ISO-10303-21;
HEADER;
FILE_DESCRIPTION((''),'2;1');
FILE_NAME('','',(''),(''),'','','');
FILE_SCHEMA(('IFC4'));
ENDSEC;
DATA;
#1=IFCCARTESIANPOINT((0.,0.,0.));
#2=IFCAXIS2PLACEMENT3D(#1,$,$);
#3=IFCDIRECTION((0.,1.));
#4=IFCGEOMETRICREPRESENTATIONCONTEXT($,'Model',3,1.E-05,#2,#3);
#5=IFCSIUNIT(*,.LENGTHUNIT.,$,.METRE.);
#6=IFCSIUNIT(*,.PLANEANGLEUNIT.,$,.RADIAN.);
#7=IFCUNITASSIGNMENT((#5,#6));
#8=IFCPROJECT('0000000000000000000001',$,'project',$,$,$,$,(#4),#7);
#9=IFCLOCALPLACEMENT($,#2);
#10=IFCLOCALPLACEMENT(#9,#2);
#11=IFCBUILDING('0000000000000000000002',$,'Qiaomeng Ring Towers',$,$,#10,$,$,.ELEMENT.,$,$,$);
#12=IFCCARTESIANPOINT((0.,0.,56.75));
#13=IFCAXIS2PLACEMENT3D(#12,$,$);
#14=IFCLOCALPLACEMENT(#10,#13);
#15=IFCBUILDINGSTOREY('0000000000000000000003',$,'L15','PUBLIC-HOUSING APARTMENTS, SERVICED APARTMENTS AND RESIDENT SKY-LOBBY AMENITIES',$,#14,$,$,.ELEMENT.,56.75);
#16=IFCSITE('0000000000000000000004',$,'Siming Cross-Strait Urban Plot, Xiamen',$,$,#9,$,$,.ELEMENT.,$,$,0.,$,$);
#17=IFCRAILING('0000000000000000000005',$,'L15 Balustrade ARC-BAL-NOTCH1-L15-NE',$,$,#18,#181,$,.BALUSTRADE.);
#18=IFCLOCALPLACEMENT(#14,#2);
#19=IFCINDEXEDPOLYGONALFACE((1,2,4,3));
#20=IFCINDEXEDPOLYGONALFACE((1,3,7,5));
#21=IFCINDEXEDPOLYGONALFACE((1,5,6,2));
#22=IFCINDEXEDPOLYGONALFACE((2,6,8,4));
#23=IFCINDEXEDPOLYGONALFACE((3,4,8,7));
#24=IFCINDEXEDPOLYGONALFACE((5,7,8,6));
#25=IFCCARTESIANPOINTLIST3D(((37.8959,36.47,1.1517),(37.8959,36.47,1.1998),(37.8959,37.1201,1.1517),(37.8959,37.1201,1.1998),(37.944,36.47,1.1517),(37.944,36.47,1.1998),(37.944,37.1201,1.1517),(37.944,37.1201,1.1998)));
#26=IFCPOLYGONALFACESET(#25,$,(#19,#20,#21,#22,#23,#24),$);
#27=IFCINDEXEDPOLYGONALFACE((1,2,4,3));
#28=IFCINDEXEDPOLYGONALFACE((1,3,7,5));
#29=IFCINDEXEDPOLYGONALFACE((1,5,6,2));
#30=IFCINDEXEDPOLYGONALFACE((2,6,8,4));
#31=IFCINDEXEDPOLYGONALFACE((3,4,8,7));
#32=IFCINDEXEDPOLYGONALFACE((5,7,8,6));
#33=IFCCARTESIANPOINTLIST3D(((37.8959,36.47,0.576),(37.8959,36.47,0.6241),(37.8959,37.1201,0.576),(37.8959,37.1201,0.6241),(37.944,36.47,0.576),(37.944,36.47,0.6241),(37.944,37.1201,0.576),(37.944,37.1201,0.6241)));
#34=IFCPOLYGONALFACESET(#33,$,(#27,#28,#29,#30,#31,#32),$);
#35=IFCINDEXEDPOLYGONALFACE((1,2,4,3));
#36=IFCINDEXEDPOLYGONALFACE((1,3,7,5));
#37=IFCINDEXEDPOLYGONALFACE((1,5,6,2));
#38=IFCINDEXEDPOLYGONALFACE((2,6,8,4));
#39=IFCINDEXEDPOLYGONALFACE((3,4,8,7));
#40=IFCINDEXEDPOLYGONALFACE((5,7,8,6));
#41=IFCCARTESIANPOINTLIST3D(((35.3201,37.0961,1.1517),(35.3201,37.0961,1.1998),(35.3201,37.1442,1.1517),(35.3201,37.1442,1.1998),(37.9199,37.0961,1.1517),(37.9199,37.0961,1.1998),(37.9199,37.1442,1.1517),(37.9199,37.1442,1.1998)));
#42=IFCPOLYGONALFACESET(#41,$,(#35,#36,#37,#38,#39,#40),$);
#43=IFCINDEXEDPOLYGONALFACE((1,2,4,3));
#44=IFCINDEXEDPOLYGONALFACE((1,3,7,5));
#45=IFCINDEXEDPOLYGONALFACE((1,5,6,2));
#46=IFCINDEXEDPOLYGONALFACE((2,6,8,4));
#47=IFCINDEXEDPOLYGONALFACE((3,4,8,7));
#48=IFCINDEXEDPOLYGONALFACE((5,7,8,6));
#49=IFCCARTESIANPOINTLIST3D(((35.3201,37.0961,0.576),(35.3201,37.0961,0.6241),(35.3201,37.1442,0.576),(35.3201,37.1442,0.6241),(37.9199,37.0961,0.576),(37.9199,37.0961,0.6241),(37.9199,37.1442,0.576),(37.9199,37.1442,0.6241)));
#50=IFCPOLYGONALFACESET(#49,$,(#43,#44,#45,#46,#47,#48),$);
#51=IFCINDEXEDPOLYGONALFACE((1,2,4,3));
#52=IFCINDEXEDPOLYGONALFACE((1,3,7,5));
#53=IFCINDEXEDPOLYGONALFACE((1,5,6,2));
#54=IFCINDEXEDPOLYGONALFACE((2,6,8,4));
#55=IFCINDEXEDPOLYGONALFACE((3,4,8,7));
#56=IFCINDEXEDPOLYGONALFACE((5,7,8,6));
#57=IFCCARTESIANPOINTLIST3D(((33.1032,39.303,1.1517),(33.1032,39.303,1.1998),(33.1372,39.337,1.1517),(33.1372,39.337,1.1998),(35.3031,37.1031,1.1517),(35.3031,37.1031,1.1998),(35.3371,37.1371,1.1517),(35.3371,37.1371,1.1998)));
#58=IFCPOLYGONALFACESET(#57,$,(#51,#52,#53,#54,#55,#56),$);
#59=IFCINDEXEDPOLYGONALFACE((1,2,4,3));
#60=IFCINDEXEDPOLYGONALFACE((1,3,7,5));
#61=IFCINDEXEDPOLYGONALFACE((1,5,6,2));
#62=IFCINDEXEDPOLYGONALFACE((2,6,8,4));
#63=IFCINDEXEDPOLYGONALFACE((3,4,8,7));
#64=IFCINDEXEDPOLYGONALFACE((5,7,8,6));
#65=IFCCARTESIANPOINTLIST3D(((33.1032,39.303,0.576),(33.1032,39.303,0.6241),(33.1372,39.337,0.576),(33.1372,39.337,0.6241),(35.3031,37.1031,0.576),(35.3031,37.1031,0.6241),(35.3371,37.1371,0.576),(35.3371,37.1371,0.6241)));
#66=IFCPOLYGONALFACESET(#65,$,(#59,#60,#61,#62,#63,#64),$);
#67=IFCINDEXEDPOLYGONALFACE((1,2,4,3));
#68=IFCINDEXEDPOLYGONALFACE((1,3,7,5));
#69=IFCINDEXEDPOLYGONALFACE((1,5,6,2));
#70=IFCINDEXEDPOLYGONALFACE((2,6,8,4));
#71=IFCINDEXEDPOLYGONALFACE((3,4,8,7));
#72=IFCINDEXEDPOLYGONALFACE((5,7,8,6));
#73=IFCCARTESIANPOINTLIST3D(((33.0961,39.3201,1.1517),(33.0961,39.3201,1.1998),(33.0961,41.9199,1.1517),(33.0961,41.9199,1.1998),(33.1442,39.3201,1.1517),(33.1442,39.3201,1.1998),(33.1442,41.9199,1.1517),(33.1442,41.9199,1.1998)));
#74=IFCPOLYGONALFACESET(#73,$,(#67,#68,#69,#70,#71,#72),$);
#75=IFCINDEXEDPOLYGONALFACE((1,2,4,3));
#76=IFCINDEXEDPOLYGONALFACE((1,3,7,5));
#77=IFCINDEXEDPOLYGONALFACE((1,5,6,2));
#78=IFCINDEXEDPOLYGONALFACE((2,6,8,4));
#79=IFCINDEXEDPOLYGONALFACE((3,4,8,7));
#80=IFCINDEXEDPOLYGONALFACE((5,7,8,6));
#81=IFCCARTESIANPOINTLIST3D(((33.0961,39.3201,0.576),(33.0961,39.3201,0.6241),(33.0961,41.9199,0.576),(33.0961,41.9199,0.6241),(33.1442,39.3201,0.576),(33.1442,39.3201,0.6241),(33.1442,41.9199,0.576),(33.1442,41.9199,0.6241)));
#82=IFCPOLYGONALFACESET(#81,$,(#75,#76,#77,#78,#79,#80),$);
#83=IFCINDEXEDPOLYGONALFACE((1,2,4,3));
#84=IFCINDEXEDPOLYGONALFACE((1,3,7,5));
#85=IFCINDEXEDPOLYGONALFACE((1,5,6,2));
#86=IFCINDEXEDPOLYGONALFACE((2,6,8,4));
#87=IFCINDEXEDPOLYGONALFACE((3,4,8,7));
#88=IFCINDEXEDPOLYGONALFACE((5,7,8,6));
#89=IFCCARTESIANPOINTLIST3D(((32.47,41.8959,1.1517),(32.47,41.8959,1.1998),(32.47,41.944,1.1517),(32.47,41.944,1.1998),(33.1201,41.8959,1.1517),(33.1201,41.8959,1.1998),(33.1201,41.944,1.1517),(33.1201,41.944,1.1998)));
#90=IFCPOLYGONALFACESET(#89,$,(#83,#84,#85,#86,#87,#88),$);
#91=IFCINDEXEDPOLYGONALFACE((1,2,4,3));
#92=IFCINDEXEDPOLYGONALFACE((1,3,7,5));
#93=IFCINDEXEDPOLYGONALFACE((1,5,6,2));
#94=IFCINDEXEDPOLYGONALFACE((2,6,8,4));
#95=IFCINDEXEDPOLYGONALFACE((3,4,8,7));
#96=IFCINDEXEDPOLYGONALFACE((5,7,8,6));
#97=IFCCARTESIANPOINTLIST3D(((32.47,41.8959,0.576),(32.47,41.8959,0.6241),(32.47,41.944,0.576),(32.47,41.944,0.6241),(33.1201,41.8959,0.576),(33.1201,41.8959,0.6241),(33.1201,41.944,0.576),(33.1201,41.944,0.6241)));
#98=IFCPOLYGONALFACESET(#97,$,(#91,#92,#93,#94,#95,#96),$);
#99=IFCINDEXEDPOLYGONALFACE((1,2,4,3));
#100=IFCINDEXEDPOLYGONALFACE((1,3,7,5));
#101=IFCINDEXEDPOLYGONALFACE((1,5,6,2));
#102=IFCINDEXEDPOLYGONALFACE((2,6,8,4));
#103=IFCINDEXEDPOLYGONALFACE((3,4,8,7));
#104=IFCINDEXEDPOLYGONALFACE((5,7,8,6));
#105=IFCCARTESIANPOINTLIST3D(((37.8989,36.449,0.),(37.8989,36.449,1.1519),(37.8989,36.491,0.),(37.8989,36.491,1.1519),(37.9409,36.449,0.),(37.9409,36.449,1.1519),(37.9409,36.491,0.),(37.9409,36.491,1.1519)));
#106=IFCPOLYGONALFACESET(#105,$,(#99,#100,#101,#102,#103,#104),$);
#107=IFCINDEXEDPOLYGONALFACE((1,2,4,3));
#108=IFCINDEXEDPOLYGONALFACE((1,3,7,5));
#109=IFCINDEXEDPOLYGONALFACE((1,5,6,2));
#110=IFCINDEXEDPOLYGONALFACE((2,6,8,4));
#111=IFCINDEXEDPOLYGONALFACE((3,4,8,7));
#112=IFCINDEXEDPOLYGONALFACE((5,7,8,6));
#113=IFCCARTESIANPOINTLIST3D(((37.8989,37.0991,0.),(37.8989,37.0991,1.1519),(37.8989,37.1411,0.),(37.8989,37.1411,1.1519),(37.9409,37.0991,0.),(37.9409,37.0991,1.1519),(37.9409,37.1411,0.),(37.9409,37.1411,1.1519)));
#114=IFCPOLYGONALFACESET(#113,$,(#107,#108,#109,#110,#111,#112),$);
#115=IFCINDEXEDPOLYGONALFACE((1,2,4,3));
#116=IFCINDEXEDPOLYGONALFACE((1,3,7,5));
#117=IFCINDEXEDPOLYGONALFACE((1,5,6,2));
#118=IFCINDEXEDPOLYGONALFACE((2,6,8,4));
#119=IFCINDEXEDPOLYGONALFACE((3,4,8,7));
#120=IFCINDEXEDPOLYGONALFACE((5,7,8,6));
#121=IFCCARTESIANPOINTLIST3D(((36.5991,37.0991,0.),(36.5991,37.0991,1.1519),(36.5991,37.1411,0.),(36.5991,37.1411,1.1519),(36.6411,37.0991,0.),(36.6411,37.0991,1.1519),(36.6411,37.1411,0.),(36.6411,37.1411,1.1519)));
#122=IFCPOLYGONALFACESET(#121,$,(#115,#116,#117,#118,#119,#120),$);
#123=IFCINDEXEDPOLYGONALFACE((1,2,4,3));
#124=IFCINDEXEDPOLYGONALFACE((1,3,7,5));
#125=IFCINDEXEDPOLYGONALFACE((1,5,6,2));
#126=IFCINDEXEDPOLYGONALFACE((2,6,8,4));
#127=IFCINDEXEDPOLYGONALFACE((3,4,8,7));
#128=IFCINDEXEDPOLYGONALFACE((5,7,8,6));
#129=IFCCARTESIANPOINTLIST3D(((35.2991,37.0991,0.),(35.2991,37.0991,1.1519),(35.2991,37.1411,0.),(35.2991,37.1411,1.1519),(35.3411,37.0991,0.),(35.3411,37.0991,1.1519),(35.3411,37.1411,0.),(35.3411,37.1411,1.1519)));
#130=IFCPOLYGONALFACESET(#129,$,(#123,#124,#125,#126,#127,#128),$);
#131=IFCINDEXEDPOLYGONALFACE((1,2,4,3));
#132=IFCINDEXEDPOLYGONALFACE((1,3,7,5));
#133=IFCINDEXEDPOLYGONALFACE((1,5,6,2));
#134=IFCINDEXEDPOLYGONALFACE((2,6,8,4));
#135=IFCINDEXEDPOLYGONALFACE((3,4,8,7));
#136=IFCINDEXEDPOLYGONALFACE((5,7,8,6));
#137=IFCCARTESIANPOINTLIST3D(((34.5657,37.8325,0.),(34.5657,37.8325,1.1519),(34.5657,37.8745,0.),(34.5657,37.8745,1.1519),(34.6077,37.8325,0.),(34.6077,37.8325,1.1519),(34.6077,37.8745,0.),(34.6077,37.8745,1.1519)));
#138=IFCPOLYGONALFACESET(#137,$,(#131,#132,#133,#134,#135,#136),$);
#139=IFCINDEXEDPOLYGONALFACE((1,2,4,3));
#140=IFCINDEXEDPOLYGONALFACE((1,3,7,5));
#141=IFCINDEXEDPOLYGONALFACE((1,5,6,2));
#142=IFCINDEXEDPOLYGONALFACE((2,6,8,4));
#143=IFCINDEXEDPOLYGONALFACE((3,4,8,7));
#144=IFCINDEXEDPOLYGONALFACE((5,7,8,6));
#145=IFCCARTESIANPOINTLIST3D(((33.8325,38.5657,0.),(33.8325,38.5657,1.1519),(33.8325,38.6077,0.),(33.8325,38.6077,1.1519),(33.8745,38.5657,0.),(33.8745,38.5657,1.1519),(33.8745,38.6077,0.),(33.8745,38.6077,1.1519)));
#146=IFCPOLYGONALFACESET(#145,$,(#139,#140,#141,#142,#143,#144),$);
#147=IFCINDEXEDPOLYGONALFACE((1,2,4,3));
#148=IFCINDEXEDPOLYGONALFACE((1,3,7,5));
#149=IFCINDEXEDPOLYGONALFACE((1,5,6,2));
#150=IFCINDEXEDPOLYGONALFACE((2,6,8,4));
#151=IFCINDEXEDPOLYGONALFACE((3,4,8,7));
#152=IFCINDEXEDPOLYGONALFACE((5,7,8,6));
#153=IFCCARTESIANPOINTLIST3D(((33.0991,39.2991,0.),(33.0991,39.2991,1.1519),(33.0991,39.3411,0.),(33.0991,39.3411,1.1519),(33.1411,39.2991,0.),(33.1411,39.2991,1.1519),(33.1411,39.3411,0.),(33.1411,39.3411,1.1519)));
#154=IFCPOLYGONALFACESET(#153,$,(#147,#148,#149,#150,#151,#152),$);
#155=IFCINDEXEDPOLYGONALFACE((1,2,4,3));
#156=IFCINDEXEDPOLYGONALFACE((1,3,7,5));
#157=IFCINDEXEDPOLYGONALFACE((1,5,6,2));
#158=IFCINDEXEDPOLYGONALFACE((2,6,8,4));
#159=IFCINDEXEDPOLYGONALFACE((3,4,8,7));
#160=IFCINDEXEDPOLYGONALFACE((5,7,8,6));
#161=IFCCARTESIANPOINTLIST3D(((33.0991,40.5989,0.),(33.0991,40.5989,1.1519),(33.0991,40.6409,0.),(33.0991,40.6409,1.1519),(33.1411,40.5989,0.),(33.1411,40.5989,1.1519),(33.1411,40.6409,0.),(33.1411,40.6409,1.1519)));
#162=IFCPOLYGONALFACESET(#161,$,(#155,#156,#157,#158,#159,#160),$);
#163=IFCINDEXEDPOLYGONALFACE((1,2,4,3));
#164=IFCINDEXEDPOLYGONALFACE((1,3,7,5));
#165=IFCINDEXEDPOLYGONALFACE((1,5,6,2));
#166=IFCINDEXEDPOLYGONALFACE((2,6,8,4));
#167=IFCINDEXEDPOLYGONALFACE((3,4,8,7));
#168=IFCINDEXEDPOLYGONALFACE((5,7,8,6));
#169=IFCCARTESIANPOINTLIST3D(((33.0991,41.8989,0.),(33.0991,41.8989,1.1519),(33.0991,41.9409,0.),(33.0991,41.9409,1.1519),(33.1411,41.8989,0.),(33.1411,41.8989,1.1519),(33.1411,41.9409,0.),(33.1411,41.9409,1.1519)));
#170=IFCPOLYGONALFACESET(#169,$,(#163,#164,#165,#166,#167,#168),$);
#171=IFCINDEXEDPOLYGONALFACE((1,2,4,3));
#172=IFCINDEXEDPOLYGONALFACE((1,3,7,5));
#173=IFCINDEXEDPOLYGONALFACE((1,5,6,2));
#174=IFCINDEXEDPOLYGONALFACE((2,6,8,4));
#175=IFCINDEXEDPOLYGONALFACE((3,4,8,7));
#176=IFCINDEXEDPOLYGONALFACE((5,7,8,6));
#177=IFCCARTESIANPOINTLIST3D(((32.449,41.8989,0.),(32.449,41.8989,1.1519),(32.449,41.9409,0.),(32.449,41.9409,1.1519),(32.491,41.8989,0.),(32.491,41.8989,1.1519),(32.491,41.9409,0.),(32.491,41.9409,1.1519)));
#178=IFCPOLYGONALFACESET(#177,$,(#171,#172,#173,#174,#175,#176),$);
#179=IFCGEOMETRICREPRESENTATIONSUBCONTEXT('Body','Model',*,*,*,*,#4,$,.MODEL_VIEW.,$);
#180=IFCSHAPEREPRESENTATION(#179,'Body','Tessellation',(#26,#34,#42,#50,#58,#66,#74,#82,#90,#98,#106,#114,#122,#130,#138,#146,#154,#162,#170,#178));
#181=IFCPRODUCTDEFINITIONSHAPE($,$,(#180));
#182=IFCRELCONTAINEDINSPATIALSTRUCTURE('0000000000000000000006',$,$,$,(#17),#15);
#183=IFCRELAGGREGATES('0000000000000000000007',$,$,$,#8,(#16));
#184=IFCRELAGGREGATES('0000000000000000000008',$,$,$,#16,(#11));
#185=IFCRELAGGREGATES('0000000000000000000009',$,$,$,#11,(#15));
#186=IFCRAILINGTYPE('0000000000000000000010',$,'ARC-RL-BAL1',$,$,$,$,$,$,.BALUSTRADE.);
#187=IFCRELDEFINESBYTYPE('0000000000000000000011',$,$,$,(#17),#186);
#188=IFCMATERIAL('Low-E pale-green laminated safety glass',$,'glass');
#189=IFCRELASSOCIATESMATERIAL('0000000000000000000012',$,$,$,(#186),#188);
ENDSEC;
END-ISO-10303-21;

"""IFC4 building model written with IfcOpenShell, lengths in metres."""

from ifc_helpers import new_model, si_unit, direction, frame, origin, origin_2d, place, context, subcontext, project, spatial, rectangle, extrude, material, type_object, element, save


model = new_model("IFC4")

# Units and contexts
model_context = context("Model", 3, precision=1e-05, world=origin(), true_north=direction((0.0, 1.0)))
body_context = subcontext(model_context, "Body", "Model", "MODEL_VIEW")
ifc_project = project(units=[si_unit("LENGTHUNIT", "METRE"), si_unit("PLANEANGLEUNIT", "RADIAN")], contexts=[model_context])

# Site, building, storey
site_placement = place(None, origin())
site = spatial("IfcSite", under=ifc_project, at=site_placement, Name="Siming Cross-Strait Urban Plot, Xiamen", CompositionType="ELEMENT", RefElevation=0.0)
building_placement = place(site_placement, origin())
building = spatial("IfcBuilding", under=site, at=building_placement, Name="Qiaomeng Ring Towers", CompositionType="ELEMENT")
storey_placement = place(building_placement, frame((0.0, 0.0, 56.75)))
storey = spatial("IfcBuildingStorey", under=building, at=storey_placement, Name="L15", Description="PUBLIC-HOUSING APARTMENTS, SERVICED APARTMENTS AND RESIDENT SKY-LOBBY AMENITIES", CompositionType="ELEMENT", Elevation=56.75)

# Railing
ifc_material_1 = material(Name="Low-E pale-green laminated safety glass", Category="glass")
railing_type = type_object("IfcRailingType", Name="ARC-RL-BAL1", PredefinedType="BALUSTRADE", material=ifc_material_1)
railing_placement = place(storey_placement, frame((37.9199, 36.47, 0.0)))
element("IfcRailing", 1, at=railing_placement, inside=storey, type_object=railing_type, Name="L15 Balustrade ARC-BAL-NOTCH1-L15-NE", PredefinedType="BALUSTRADE", context=body_context, shape_type="SweptSolid", body=[
    extrude(rectangle(XDim=0.0481, YDim=0.0481, at=origin_2d()), frame((0.0, 0.0, 1.1758), z_axis=(0.0, 1.0, 0.0), x_axis=(-1.0, 0.0, 0.0)), (0.0, 0.0, 1.0), 0.6501),
    extrude(rectangle(XDim=0.0481, YDim=0.0481, at=origin_2d()), frame((0.0, 0.0, 0.6001), z_axis=(0.0, 1.0, 0.0), x_axis=(-1.0, 0.0, 0.0)), (0.0, 0.0, 1.0), 0.6501),
    extrude(rectangle(XDim=0.0481, YDim=0.0481, at=origin_2d()), frame((0.0, 0.6501, 1.1758), z_axis=(-1.0, 0.0, 0.0), x_axis=(0.0, -1.0, 0.0)), (0.0, 0.0, 1.0), 2.5999),
    extrude(rectangle(XDim=0.0481, YDim=0.0481, at=origin_2d()), frame((0.0, 0.6501, 0.6001), z_axis=(-1.0, 0.0, 0.0), x_axis=(0.0, -1.0, 0.0)), (0.0, 0.0, 1.0), 2.5999),
    extrude(rectangle(XDim=0.0481, YDim=0.0481, at=origin_2d()), frame((-2.5999, 0.6501, 1.1758), z_axis=(-0.707107, 0.707107, 0.0), x_axis=(-0.707107, -0.707107, 0.0)), (0.0, 0.0, 1.0), 3.1111),
    extrude(rectangle(XDim=0.0481, YDim=0.0481, at=origin_2d()), frame((-2.5999, 0.6501, 0.6001), z_axis=(-0.707107, 0.707107, 0.0), x_axis=(-0.707107, -0.707107, 0.0)), (0.0, 0.0, 1.0), 3.1111),
    extrude(rectangle(XDim=0.0481, YDim=0.0481, at=origin_2d()), frame((-4.7998, 2.8501, 1.1758), z_axis=(0.0, 1.0, 0.0), x_axis=(-1.0, 0.0, 0.0)), (0.0, 0.0, 1.0), 2.5999),
    extrude(rectangle(XDim=0.0481, YDim=0.0481, at=origin_2d()), frame((-4.7998, 2.8501, 0.6001), z_axis=(0.0, 1.0, 0.0), x_axis=(-1.0, 0.0, 0.0)), (0.0, 0.0, 1.0), 2.5999),
    extrude(rectangle(XDim=0.0481, YDim=0.0481, at=origin_2d()), frame((-4.7998, 5.45, 1.1758), z_axis=(-1.0, 0.0, 0.0), x_axis=(0.0, -1.0, 0.0)), (0.0, 0.0, 1.0), 0.6501),
    extrude(rectangle(XDim=0.0481, YDim=0.0481, at=origin_2d()), frame((-4.7998, 5.45, 0.6001), z_axis=(-1.0, 0.0, 0.0), x_axis=(0.0, -1.0, 0.0)), (0.0, 0.0, 1.0), 0.6501),
    extrude(rectangle(XDim=0.042, YDim=0.042, at=origin_2d()), origin(), (0.0, 0.0, 1.0), 1.1519),
    extrude(rectangle(XDim=0.042, YDim=0.042, at=origin_2d()), frame((0.0, 0.6501, 0.0)), (0.0, 0.0, 1.0), 1.1519),
    extrude(rectangle(XDim=0.042, YDim=0.042, at=origin_2d()), frame((-1.2998, 0.6501, 0.0)), (0.0, 0.0, 1.0), 1.1519),
    extrude(rectangle(XDim=0.042, YDim=0.042, at=origin_2d()), frame((-2.5999, 0.6501, 0.0)), (0.0, 0.0, 1.0), 1.1519),
    extrude(rectangle(XDim=0.042, YDim=0.042, at=origin_2d()), frame((-3.3333, 1.3835, 0.0)), (0.0, 0.0, 1.0), 1.1519),
    extrude(rectangle(XDim=0.042, YDim=0.042, at=origin_2d()), frame((-4.0664, 2.1167, 0.0)), (0.0, 0.0, 1.0), 1.1519),
    extrude(rectangle(XDim=0.042, YDim=0.042, at=origin_2d()), frame((-4.7998, 2.8501, 0.0)), (0.0, 0.0, 1.0), 1.1519),
    extrude(rectangle(XDim=0.042, YDim=0.042, at=origin_2d()), frame((-4.7998, 4.1499, 0.0)), (0.0, 0.0, 1.0), 1.1519),
    extrude(rectangle(XDim=0.042, YDim=0.042, at=origin_2d()), frame((-4.7998, 5.45, 0.0)), (0.0, 0.0, 1.0), 1.1519),
    extrude(rectangle(XDim=0.042, YDim=0.042, at=origin_2d()), frame((-5.45, 5.45, 0.0)), (0.0, 0.0, 1.0), 1.1519),
])

save(model, "model.ifc")
